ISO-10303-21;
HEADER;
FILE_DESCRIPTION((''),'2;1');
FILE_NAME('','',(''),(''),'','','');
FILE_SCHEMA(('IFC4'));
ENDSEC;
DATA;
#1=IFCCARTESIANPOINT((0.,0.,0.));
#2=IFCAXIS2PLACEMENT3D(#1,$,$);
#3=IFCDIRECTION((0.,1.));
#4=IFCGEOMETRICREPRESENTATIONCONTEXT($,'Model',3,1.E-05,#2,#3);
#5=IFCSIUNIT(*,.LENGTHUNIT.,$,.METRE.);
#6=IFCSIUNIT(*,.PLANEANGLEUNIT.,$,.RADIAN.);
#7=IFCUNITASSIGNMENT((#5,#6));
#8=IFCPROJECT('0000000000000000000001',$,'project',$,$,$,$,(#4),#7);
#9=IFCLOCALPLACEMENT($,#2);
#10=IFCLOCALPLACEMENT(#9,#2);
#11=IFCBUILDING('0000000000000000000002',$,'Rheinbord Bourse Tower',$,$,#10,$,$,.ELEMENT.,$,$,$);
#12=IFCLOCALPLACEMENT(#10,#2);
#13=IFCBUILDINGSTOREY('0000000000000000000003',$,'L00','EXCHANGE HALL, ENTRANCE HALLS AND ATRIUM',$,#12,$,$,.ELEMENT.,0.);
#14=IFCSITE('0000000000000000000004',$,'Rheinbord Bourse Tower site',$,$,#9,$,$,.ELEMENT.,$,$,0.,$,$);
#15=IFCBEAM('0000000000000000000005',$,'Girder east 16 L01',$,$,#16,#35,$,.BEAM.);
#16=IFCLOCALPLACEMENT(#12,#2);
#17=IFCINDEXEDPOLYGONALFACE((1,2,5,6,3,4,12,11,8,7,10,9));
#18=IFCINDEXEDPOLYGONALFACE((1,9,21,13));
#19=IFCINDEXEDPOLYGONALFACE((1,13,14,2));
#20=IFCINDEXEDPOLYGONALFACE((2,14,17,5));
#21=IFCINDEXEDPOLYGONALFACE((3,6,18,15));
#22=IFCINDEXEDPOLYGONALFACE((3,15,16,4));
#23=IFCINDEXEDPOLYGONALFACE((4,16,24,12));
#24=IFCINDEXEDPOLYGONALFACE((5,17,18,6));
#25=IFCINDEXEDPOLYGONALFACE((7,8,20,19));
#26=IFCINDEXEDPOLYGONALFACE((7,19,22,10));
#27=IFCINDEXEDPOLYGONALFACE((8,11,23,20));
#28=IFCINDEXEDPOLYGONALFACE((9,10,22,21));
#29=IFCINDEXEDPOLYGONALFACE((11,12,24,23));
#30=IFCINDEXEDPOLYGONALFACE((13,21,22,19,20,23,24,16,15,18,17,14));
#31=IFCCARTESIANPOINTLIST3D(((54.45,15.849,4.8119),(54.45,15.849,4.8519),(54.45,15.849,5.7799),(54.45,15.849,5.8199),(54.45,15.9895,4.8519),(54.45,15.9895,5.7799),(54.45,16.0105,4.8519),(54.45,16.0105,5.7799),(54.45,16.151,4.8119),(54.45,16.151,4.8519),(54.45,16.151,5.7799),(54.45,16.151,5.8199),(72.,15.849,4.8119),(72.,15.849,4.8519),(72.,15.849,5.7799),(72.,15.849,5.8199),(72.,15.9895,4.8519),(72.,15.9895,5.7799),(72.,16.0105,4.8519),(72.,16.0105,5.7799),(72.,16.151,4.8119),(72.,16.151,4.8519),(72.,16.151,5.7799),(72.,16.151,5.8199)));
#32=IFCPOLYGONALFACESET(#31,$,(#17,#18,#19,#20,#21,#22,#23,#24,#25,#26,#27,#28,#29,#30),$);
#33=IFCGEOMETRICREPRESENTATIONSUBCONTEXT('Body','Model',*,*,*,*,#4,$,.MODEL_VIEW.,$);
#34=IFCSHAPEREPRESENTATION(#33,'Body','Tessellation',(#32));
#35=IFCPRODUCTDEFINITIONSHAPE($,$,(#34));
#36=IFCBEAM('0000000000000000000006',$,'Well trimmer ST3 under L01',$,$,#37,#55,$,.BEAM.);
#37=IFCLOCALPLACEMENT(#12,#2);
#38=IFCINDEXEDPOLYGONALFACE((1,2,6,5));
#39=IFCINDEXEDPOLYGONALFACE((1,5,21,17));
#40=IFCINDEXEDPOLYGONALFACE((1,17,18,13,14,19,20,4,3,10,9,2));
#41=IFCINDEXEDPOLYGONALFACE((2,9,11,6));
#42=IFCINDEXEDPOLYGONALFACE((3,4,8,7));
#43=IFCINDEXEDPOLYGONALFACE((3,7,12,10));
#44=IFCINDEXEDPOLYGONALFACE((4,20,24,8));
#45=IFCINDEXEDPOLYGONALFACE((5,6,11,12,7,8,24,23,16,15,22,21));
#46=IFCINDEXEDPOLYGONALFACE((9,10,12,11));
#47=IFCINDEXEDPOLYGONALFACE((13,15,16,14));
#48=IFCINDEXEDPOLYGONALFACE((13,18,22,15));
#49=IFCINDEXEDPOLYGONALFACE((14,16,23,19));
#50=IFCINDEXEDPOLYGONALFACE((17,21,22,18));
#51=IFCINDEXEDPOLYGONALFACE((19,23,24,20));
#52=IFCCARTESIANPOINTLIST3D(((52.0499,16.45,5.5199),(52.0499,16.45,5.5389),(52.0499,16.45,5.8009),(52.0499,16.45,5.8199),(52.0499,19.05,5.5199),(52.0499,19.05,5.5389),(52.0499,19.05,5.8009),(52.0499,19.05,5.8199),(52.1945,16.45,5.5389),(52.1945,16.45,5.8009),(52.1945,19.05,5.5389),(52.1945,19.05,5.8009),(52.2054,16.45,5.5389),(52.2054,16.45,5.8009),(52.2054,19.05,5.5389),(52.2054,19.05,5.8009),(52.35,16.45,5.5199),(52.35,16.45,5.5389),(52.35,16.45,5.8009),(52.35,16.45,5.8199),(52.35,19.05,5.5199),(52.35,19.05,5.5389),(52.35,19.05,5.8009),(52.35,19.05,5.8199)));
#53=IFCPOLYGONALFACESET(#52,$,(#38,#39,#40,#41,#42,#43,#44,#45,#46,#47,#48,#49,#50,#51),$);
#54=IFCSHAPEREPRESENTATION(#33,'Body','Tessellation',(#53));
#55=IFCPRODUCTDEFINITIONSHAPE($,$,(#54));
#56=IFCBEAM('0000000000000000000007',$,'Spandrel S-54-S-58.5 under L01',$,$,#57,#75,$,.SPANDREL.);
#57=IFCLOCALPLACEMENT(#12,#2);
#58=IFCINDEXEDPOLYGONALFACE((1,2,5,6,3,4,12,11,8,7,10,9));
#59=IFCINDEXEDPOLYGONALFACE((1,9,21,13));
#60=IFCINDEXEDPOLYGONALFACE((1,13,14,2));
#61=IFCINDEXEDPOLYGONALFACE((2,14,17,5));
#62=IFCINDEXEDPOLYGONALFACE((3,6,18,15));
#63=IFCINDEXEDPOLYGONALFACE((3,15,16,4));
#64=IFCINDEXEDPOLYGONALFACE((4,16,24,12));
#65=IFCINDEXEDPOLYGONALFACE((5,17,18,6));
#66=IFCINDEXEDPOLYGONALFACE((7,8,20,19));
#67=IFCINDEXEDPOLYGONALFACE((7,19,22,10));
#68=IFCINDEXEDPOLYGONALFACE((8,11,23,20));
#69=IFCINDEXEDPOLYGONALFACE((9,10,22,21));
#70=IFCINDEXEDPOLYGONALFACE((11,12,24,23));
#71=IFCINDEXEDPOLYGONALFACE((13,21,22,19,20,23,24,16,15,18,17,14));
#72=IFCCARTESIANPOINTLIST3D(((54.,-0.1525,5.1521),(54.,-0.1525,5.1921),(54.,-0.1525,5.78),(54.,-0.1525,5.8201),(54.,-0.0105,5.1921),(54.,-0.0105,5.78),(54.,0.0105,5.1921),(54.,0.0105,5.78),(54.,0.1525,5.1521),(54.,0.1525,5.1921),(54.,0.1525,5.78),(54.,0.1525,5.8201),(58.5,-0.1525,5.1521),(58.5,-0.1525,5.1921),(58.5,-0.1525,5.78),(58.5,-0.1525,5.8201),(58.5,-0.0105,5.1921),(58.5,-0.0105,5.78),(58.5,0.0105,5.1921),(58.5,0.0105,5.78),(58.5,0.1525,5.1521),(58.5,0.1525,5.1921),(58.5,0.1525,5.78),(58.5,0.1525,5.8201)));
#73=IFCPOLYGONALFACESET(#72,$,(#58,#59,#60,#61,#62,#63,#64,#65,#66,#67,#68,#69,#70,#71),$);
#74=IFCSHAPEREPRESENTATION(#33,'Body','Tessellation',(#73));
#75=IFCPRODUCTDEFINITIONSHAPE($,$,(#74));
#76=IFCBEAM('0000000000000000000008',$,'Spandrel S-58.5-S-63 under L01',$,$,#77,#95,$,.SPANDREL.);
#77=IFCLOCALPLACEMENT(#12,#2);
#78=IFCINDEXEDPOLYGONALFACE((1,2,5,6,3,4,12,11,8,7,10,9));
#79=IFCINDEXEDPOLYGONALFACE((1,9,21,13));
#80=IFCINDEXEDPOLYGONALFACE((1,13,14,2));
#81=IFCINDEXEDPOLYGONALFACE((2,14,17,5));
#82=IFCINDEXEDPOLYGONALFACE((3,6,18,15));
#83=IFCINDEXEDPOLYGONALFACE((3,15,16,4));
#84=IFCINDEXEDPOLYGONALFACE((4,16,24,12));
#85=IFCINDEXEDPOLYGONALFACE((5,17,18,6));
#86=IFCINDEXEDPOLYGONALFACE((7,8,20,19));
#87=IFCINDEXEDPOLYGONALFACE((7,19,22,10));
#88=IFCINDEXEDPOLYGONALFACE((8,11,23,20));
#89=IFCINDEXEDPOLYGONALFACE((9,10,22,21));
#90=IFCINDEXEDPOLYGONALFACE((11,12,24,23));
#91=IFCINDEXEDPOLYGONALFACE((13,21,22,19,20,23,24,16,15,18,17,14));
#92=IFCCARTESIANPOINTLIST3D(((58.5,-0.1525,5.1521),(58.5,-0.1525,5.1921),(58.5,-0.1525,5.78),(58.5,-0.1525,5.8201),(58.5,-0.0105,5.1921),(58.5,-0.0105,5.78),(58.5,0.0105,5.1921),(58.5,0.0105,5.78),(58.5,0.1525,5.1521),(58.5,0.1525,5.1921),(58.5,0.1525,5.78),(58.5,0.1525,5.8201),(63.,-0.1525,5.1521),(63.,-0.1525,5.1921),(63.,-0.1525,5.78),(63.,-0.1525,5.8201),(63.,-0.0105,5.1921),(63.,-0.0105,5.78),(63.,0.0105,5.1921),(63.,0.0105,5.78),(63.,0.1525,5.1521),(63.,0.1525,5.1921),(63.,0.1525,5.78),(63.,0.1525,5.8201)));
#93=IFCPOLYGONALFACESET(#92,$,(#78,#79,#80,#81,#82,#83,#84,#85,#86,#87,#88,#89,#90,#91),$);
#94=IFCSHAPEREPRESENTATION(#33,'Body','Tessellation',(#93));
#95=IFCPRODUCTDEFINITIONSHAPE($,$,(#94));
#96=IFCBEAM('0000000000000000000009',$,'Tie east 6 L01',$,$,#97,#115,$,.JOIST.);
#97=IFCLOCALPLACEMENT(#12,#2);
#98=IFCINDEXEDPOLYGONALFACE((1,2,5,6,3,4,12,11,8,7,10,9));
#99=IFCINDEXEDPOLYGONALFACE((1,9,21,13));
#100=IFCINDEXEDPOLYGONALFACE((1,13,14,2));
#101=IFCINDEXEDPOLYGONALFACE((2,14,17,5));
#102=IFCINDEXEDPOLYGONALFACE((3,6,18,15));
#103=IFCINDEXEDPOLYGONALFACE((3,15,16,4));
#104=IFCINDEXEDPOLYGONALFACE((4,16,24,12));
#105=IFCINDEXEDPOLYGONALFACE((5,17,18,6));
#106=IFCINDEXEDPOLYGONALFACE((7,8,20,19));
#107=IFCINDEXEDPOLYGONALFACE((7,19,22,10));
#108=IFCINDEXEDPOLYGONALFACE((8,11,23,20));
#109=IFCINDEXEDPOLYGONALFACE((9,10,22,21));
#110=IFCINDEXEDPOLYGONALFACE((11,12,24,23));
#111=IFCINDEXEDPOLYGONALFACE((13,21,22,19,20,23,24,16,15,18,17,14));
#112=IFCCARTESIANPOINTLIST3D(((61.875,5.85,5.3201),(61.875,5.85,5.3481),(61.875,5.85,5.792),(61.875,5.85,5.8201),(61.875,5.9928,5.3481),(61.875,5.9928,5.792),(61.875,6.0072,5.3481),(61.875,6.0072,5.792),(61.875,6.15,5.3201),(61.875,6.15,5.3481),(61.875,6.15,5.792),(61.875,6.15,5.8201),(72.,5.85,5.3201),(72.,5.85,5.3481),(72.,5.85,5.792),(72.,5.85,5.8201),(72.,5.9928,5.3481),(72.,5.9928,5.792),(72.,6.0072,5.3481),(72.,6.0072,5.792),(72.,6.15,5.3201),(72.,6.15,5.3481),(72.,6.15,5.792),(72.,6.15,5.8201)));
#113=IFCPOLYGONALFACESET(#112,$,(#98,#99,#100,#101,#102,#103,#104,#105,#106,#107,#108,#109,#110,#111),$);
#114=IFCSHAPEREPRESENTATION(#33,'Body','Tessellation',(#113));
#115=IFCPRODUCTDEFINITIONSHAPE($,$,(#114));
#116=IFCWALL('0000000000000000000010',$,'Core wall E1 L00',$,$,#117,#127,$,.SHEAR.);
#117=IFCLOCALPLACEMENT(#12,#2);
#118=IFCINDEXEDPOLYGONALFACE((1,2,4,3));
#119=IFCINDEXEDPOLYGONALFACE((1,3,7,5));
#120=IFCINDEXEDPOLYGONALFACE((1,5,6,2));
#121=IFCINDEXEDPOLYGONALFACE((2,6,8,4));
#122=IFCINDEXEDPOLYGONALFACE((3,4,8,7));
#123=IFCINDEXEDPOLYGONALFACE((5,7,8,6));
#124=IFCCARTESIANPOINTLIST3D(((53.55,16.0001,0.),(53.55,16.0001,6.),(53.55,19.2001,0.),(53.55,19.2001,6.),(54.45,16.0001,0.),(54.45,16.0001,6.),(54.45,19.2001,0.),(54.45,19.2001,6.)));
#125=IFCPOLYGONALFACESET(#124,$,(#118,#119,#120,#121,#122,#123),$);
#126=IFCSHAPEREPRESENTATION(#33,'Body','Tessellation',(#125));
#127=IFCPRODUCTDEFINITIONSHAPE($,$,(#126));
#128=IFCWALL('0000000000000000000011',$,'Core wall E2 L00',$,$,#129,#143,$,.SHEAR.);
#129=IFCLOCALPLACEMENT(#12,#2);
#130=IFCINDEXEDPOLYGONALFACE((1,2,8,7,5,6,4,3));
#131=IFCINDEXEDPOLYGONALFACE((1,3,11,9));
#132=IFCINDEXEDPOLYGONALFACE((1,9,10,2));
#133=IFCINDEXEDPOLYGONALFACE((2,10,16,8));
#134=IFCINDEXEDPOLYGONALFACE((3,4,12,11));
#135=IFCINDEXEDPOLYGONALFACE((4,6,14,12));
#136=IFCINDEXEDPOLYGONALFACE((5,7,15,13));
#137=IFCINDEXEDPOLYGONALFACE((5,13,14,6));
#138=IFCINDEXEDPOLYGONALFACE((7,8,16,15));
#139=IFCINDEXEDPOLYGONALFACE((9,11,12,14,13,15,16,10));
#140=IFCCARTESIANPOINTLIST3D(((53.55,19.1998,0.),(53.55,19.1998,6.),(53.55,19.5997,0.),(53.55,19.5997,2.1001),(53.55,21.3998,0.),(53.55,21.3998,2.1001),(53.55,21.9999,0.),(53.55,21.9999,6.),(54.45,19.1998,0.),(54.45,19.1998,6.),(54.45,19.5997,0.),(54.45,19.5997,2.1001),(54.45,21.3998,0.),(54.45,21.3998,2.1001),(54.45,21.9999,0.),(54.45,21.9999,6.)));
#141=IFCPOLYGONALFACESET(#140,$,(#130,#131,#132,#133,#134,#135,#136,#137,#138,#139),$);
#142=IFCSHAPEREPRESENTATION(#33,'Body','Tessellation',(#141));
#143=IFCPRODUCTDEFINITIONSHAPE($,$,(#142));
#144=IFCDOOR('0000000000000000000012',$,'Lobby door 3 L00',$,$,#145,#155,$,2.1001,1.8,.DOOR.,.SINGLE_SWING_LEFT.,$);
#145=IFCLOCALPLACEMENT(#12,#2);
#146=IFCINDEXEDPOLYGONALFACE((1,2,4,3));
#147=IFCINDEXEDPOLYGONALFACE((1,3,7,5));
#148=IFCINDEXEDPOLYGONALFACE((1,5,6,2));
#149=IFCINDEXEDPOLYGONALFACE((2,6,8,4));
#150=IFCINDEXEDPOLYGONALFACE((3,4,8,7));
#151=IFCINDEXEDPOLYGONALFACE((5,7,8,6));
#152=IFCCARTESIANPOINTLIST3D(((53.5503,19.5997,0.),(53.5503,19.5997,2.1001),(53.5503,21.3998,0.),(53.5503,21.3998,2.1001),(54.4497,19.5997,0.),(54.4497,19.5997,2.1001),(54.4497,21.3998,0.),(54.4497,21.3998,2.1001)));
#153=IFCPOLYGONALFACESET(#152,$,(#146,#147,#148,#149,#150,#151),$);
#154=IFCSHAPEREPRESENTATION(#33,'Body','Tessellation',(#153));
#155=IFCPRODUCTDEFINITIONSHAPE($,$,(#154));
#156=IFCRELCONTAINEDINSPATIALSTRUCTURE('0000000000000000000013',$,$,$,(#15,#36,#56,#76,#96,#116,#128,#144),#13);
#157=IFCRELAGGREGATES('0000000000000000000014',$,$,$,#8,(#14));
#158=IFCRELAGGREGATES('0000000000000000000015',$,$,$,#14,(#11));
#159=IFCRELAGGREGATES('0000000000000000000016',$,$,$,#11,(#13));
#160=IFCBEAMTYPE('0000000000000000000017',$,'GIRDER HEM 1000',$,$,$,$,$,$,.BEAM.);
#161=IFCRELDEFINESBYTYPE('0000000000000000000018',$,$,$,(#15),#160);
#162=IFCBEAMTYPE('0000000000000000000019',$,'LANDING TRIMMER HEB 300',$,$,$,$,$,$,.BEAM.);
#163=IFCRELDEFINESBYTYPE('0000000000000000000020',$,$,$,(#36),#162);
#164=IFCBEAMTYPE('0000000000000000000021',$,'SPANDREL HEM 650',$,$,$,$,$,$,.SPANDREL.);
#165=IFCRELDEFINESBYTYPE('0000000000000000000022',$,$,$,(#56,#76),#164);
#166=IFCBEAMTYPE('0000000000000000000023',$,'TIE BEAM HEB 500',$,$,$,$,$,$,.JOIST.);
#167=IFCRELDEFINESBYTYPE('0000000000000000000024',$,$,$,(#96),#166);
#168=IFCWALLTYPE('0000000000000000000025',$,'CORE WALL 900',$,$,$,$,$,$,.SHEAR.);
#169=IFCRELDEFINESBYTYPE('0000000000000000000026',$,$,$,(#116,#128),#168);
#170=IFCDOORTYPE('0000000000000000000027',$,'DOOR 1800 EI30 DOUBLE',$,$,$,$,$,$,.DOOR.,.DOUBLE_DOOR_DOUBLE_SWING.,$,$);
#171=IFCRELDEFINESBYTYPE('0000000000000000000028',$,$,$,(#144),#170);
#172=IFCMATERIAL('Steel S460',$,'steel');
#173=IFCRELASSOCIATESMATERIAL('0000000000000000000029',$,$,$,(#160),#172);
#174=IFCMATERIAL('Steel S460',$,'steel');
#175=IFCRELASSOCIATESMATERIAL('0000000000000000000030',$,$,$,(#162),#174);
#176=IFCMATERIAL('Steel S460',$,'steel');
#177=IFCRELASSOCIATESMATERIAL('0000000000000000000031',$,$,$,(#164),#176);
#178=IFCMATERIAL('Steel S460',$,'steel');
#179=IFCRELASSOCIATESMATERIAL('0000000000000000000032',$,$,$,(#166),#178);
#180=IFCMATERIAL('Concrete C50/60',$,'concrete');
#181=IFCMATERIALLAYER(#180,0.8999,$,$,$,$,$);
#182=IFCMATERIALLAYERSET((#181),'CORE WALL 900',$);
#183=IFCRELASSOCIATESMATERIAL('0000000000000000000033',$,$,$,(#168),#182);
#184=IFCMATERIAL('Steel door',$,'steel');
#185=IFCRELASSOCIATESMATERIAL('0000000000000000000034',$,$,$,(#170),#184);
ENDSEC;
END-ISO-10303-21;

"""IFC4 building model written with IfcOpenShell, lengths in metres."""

from ifc_helpers import new_model, si_unit, direction, frame, frame_2d, origin, origin_2d, place, context, subcontext, project, spatial, rectangle, i_section, extrude, material, layer, layer_set, material_profile, profile_set, type_object, element, fill, save


model = new_model("IFC4")

# Units and contexts
model_context = context("Model", 3, precision=1e-05, world=origin(), true_north=direction((0.0, 1.0)))
body_context = subcontext(model_context, "Body", "Model", "MODEL_VIEW")
ifc_project = project(units=[si_unit("LENGTHUNIT", "METRE"), si_unit("PLANEANGLEUNIT", "RADIAN")], contexts=[model_context])

# Site, building, storey
site_placement = place(None, origin())
site = spatial("IfcSite", under=ifc_project, at=site_placement, Name="Rheinbord Bourse Tower site", CompositionType="ELEMENT", RefElevation=0.0)
building_placement = place(site_placement, origin())
building = spatial("IfcBuilding", under=site, at=building_placement, Name="Rheinbord Bourse Tower", CompositionType="ELEMENT")
storey_placement = place(building_placement, origin())
storey = spatial("IfcBuildingStorey", under=building, at=storey_placement, Name="L00", Description="EXCHANGE HALL, ENTRANCE HALLS AND ATRIUM", CompositionType="ELEMENT", Elevation=0.0)

# Beams
ifc_material_1 = material(Name="Steel S460", Category="steel")
ifc_material_profile_1 = material_profile(ifc_material_1, i_section(OverallWidth=0.302, OverallDepth=1.0081, WebThickness=0.021, FlangeThickness=0.04, at=origin_2d()), Name="HEM 1000")
ifc_profile_set_1 = profile_set([ifc_material_profile_1], Name="Steel S460")
beam_type_1 = type_object("IfcBeamType", Name="GIRDER HEM 1000", PredefinedType="BEAM", material=ifc_profile_set_1)
beam_1_placement = place(storey_placement, frame((54.45, 16.0, 5.3159), z_axis=(1.0, 0.0, 0.0), x_axis=(0.0, 1.0, 0.0)))
element("IfcBeam", 1, at=beam_1_placement, inside=storey, type_object=beam_type_1, Name="Girder east 16 L01", PredefinedType="BEAM", context=body_context, shape_type="SweptSolid", body=[
    extrude(i_section(OverallWidth=0.302, OverallDepth=1.0081, WebThickness=0.021, FlangeThickness=0.04, at=origin_2d()), origin(), (0.0, 0.0, 1.0), 17.55),
])
ifc_material_2 = material(Name="Steel S460", Category="steel")
ifc_material_profile_2 = material_profile(ifc_material_2, i_section(OverallWidth=0.3, OverallDepth=0.3, WebThickness=0.011, FlangeThickness=0.019, at=origin_2d()), Name="HEB 300")
ifc_profile_set_2 = profile_set([ifc_material_profile_2], Name="Steel S460")
beam_type_2 = type_object("IfcBeamType", Name="LANDING TRIMMER HEB 300", PredefinedType="BEAM", material=ifc_profile_set_2)
beam_2_placement = place(storey_placement, frame((52.2, 16.45, 5.6699), z_axis=(0.0, 1.0, 0.0), x_axis=(-1.0, 0.0, 0.0)))
element("IfcBeam", 2, at=beam_2_placement, inside=storey, type_object=beam_type_2, Name="Well trimmer ST3 under L01", PredefinedType="BEAM", context=body_context, shape_type="SweptSolid", body=[
    extrude(i_section(OverallWidth=0.3, OverallDepth=0.3, WebThickness=0.011, FlangeThickness=0.019, at=origin_2d()), origin(), (0.0, 0.0, 1.0), 2.6001),
])
ifc_material_3 = material(Name="Steel S460", Category="steel")
ifc_material_profile_3 = material_profile(ifc_material_3, i_section(OverallWidth=0.3049, OverallDepth=0.668, WebThickness=0.021, FlangeThickness=0.04, at=origin_2d()), Name="HEM 650")
ifc_profile_set_3 = profile_set([ifc_material_profile_3], Name="Steel S460")
beam_type_3 = type_object("IfcBeamType", Name="SPANDREL HEM 650", PredefinedType="SPANDREL", material=ifc_profile_set_3)
for number, where, z_axis, x_axis, name in (
    (3, (54.0, 0.0, 5.4861), (1.0, 0.0, 0.0), (0.0, 1.0, 0.0), "Spandrel S-54-S-58.5 under L01"),
    (4, (58.5, 0.0, 5.4861), (1.0, 0.0, 0.0), (0.0, 1.0, 0.0), "Spandrel S-58.5-S-63 under L01"),
):
    element("IfcBeam", number, at=place(storey_placement, frame(where, z_axis=z_axis, x_axis=x_axis)), inside=storey, type_object=beam_type_3, Name=name, PredefinedType="SPANDREL", context=body_context, shape_type="SweptSolid", body=[
        extrude(i_section(OverallWidth=0.3049, OverallDepth=0.668, WebThickness=0.021, FlangeThickness=0.04, at=origin_2d()), origin(), (0.0, 0.0, 1.0), 4.5),
    ])
ifc_material_4 = material(Name="Steel S460", Category="steel")
ifc_material_profile_4 = material_profile(ifc_material_4, i_section(OverallWidth=0.3, OverallDepth=0.5, WebThickness=0.0144, FlangeThickness=0.0281, at=origin_2d()), Name="HEB 500")
ifc_profile_set_4 = profile_set([ifc_material_profile_4], Name="Steel S460")
beam_type_4 = type_object("IfcBeamType", Name="TIE BEAM HEB 500", PredefinedType="JOIST", material=ifc_profile_set_4)
beam_3_placement = place(storey_placement, frame((61.875, 6.0, 5.5701), z_axis=(1.0, 0.0, 0.0), x_axis=(0.0, 1.0, 0.0)))
element("IfcBeam", 5, at=beam_3_placement, inside=storey, type_object=beam_type_4, Name="Tie east 6 L01", PredefinedType="JOIST", context=body_context, shape_type="SweptSolid", body=[
    extrude(i_section(OverallWidth=0.3, OverallDepth=0.5, WebThickness=0.0144, FlangeThickness=0.0281, at=origin_2d()), origin(), (0.0, 0.0, 1.0), 10.125),
])

# Wall
ifc_material_5 = material(Name="Concrete C50/60", Category="concrete")
ifc_layer = layer(ifc_material_5, 0.8999)
ifc_layer_set = layer_set([ifc_layer], Name="CORE WALL 900")
wall_type = type_object("IfcWallType", Name="CORE WALL 900", PredefinedType="SHEAR", material=ifc_layer_set)
wall_1_placement = place(storey_placement, frame((54.0, 16.0, 0.0), z_axis=(0.0, 0.0, 1.0), x_axis=(0.0, 1.0, 0.0)))
element("IfcWall", 6, at=wall_1_placement, inside=storey, type_object=wall_type, Name="Core wall E1 L00", PredefinedType="SHEAR", context=body_context, shape_type="SweptSolid", body=[
    extrude(rectangle(XDim=3.2, YDim=0.8999, at=frame_2d((1.6001, 0.0))), origin(), (0.0, 0.0, 1.0), 6.0),
])

# Wall, opening, door
wall_2_placement = place(storey_placement, frame((54.0, 19.2, 0.0), z_axis=(0.0, 0.0, 1.0), x_axis=(0.0, 1.0, 0.0)))
wall_2 = element("IfcWall", 7, at=wall_2_placement, inside=storey, type_object=wall_type, Name="Core wall E2 L00", PredefinedType="SHEAR", context=body_context, shape_type="SweptSolid", body=[
    extrude(rectangle(XDim=2.8, YDim=0.8999, at=frame_2d((1.3999, 0.0))), origin(), (0.0, 0.0, 1.0), 6.0),
])
opening_placement = place(wall_2_placement, frame((0.3999, 0.0, 0.0)))
opening = element("IfcOpeningElement", 8, at=opening_placement, cuts=wall_2, PredefinedType="OPENING", context=body_context, shape_type="SweptSolid", body=[
    extrude(rectangle(XDim=1.8, YDim=2.1001, at=frame_2d((0.8999, 1.05))), frame((0.0, 0.46, 0.0), z_axis=(0.0, -1.0, 0.0), x_axis=(1.0, 0.0, 0.0)), (0.0, 0.0, 1.0), 0.9199),
])
ifc_material_6 = material(Name="Steel door", Category="steel")
door_type = type_object("IfcDoorType", Name="DOOR 1800 EI30 DOUBLE", OperationType="DOUBLE_DOOR_DOUBLE_SWING", PredefinedType="DOOR", material=ifc_material_6)
door_placement = place(opening_placement, origin())
door = element("IfcDoor", 9, at=door_placement, inside=storey, type_object=door_type, Name="Lobby door 3 L00", OperationType="SINGLE_SWING_LEFT", OverallHeight=2.1001, OverallWidth=1.8, PredefinedType="DOOR", context=body_context, shape_type="SweptSolid", body=[
    extrude(rectangle(XDim=1.8, YDim=2.1001, at=frame_2d((0.8999, 1.05))), frame((0.0, 0.4497, 0.0), z_axis=(0.0, -1.0, 0.0), x_axis=(1.0, 0.0, 0.0)), (0.0, 0.0, 1.0), 0.8994),
])
fill(opening, door)

save(model, "model.ifc")
